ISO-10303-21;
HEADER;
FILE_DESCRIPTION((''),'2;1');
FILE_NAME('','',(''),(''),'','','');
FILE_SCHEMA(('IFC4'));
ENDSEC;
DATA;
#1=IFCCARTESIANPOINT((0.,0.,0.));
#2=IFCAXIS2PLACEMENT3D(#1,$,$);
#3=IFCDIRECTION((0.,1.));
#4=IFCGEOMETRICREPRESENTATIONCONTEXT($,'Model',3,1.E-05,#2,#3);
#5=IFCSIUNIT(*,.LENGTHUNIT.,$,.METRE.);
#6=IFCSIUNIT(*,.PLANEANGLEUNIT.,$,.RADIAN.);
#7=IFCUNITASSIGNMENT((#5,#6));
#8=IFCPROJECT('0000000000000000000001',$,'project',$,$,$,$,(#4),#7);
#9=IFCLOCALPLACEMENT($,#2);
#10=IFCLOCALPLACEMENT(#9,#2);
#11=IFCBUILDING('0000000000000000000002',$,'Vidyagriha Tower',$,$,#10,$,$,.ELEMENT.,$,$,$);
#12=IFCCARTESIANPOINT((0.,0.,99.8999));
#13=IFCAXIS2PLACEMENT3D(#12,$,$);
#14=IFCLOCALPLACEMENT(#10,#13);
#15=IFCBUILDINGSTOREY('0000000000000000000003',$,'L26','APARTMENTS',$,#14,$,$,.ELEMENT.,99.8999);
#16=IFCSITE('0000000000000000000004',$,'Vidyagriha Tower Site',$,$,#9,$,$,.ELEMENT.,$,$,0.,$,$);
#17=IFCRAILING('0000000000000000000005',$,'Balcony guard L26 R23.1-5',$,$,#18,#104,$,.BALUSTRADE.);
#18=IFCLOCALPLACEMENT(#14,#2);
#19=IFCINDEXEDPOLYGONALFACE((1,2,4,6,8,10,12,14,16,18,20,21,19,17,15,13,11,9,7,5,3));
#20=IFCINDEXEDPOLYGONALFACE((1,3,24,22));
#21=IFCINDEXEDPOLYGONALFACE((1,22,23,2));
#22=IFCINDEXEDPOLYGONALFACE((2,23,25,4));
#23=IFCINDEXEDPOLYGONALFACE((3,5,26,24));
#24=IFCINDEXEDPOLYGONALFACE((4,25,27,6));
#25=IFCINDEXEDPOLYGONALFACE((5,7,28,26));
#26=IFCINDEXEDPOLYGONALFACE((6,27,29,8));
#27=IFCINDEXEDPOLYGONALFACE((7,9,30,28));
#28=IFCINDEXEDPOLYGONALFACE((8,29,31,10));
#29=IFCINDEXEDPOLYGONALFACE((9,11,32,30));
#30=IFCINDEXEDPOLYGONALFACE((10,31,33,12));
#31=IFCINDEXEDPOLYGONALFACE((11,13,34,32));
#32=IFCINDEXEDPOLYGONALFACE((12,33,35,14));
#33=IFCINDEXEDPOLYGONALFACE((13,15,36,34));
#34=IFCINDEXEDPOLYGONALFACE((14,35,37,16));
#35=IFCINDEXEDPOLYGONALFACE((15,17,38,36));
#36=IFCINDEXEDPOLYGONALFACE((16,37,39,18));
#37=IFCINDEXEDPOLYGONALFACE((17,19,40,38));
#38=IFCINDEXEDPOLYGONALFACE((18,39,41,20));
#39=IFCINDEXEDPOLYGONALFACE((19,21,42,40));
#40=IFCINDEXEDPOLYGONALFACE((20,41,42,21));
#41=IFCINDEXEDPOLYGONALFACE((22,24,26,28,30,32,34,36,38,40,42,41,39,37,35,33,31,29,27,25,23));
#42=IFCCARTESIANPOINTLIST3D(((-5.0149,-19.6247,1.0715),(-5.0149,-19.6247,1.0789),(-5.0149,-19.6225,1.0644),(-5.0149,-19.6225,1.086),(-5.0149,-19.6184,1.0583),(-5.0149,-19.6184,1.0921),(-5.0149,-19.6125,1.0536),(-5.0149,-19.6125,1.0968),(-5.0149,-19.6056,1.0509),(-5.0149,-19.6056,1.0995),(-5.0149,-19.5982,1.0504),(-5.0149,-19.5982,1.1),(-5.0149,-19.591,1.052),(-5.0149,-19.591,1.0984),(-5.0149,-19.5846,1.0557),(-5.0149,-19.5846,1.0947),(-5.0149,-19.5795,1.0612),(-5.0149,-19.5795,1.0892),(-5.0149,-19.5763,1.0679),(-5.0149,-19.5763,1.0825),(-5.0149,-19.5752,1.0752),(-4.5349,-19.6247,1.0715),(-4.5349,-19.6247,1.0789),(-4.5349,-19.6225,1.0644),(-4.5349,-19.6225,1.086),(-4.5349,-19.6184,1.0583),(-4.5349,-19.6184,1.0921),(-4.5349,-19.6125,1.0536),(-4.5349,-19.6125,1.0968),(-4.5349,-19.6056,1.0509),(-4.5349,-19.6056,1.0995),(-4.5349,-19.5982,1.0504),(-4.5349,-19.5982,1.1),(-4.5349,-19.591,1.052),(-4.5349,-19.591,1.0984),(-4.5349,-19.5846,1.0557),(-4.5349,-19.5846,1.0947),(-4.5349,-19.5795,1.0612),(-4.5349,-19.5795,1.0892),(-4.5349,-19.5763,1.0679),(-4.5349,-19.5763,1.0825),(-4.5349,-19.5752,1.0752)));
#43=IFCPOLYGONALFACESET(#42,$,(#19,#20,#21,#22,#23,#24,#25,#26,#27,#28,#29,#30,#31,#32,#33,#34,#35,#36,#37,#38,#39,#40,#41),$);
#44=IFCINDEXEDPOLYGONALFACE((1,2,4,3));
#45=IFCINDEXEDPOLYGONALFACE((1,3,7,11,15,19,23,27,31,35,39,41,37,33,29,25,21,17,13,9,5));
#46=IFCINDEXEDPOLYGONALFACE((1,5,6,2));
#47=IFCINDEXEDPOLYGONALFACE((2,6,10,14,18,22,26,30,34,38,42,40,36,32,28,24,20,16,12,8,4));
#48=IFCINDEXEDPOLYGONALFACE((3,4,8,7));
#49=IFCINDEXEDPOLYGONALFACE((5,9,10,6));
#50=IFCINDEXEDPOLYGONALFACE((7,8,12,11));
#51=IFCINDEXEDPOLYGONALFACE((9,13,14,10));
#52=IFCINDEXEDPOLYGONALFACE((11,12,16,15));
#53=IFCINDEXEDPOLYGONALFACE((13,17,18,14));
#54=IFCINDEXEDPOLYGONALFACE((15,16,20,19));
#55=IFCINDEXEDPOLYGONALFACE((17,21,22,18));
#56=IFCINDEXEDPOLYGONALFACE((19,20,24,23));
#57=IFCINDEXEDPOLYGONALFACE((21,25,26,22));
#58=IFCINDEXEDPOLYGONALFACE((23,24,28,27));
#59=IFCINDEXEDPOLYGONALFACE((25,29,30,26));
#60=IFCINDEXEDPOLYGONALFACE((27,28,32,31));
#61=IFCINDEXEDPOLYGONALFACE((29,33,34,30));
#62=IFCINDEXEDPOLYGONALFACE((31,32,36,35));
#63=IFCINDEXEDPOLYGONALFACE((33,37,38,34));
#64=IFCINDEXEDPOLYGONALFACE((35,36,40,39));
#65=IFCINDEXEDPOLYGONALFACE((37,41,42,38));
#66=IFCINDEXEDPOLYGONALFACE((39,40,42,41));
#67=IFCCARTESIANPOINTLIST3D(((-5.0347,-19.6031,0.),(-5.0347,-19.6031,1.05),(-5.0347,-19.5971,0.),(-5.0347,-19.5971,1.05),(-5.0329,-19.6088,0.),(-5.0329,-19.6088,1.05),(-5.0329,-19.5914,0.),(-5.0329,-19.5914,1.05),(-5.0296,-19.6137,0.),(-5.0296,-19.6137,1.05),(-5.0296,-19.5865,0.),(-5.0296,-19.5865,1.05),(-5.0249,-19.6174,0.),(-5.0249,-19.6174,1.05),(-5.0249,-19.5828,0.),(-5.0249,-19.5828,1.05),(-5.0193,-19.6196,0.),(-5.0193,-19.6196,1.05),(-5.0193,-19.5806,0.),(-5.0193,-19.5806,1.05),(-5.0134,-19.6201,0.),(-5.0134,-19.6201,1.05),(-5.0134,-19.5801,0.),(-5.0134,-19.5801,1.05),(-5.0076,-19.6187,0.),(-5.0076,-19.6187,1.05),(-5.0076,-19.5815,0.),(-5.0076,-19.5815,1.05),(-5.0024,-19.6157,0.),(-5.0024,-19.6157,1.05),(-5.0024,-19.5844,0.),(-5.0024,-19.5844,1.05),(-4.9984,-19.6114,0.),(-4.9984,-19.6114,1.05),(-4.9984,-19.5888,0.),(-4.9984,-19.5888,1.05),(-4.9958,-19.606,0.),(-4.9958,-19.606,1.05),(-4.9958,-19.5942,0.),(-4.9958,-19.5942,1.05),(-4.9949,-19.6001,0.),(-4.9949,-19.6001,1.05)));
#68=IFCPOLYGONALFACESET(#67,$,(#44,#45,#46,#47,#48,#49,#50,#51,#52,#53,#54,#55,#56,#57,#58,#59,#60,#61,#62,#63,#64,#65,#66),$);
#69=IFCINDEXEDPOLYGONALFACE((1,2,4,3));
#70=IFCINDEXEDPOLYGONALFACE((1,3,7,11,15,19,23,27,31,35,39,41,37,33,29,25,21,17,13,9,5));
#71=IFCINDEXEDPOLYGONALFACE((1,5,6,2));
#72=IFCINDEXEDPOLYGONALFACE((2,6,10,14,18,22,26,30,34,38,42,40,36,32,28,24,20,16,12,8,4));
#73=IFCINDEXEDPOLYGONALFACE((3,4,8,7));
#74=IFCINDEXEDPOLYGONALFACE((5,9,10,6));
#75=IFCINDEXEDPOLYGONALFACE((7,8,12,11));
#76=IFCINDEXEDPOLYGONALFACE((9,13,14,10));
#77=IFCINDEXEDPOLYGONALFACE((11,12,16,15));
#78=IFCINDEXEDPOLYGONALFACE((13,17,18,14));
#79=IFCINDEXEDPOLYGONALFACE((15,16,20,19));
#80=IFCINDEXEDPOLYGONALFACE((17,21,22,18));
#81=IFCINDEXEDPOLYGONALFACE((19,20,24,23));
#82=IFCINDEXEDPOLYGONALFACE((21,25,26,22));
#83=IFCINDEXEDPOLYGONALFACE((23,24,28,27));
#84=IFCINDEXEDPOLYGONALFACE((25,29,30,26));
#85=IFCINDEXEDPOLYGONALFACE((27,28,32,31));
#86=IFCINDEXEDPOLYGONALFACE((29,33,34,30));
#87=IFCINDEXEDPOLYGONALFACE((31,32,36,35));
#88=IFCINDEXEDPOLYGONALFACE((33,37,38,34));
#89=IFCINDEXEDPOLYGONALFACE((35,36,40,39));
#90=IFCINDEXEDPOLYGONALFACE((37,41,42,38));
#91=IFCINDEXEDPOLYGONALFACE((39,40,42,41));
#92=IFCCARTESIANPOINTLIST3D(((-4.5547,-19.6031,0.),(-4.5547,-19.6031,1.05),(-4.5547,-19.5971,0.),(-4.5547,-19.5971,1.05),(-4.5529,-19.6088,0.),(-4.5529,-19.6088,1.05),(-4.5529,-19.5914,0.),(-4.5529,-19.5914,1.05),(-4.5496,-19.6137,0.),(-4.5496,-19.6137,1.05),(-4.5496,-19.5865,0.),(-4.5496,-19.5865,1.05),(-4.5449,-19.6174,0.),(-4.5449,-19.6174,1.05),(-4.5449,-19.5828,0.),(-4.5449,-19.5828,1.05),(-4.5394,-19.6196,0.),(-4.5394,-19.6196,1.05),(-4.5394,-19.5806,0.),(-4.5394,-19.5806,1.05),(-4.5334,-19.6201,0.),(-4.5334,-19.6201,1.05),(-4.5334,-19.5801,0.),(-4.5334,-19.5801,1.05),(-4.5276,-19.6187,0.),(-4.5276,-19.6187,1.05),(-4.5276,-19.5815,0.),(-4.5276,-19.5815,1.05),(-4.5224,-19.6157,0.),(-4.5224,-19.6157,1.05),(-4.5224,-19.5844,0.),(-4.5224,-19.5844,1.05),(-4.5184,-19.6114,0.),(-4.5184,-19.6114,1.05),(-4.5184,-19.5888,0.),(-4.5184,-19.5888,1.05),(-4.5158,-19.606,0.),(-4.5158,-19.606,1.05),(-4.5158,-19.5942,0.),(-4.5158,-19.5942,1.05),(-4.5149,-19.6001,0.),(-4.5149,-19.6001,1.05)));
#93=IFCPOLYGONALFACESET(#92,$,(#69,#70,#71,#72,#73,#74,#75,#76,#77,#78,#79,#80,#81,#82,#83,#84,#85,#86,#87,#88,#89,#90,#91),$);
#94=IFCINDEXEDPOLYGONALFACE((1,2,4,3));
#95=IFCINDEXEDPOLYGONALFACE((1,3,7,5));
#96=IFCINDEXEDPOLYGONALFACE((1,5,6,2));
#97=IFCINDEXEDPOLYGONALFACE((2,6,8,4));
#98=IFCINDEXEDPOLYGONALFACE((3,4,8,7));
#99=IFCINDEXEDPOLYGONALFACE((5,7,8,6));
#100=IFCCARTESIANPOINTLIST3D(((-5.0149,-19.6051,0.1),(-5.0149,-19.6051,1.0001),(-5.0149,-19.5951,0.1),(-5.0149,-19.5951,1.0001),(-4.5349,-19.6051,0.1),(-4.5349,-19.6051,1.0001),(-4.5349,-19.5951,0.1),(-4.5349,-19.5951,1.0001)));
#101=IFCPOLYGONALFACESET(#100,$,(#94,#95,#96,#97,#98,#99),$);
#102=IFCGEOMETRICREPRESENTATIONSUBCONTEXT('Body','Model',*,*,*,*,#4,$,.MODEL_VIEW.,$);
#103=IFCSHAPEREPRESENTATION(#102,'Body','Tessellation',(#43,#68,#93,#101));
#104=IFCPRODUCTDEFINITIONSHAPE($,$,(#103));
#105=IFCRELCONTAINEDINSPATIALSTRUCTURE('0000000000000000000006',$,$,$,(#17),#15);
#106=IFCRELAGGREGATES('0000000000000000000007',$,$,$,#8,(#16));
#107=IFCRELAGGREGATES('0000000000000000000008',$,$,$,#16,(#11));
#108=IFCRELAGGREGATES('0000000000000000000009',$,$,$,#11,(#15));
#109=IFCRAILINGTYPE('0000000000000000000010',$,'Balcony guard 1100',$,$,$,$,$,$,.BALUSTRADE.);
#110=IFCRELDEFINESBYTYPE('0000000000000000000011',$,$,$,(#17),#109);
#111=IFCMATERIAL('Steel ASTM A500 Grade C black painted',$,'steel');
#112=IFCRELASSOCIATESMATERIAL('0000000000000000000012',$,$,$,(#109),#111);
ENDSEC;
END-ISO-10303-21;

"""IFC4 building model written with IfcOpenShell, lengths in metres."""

from ifc_helpers import new_model, si_unit, direction, frame, origin, origin_2d, place, context, subcontext, project, spatial, rectangle, circle, extrude, material, type_object, element, save


model = new_model("IFC4")

# Units and contexts
model_context = context("Model", 3, precision=1e-05, world=origin(), true_north=direction((0.0, 1.0)))
body_context = subcontext(model_context, "Body", "Model", "MODEL_VIEW")
ifc_project = project(units=[si_unit("LENGTHUNIT", "METRE"), si_unit("PLANEANGLEUNIT", "RADIAN")], contexts=[model_context])

# Site, building, storey
site_placement = place(None, origin())
site = spatial("IfcSite", under=ifc_project, at=site_placement, Name="Vidyagriha Tower Site", CompositionType="ELEMENT", RefElevation=0.0)
building_placement = place(site_placement, origin())
building = spatial("IfcBuilding", under=site, at=building_placement, Name="Vidyagriha Tower", CompositionType="ELEMENT")
storey_placement = place(building_placement, frame((0.0, 0.0, 99.8999)))
storey = spatial("IfcBuildingStorey", under=building, at=storey_placement, Name="L26", Description="APARTMENTS", CompositionType="ELEMENT", Elevation=99.8999)

# Railing
ifc_material_1 = material(Name="Steel ASTM A500 Grade C black painted", Category="steel")
railing_type = type_object("IfcRailingType", Name="Balcony guard 1100", PredefinedType="BALUSTRADE", material=ifc_material_1)
railing_1_placement = place(storey_placement, frame((-5.0149, -19.6001, 0.0)))
element("IfcRailing", 1, at=railing_1_placement, inside=storey, type_object=railing_type, Name="Balcony guard L26 R23.1-5", PredefinedType="BALUSTRADE", context=body_context, shape_type="SweptSolid", body=[
    extrude(circle(Radius=0.0249, at=origin_2d()), frame((0.0, 0.0, 1.0752), z_axis=(1.0, 0.0, 0.0), x_axis=(0.0, 1.0, 0.0)), (0.0, 0.0, 1.0), 0.48),
    extrude(circle(Radius=0.02, at=origin_2d()), origin(), (0.0, 0.0, 1.0), 1.05),
    extrude(circle(Radius=0.02, at=origin_2d()), frame((0.48, 0.0, 0.0)), (0.0, 0.0, 1.0), 1.05),
    extrude(rectangle(XDim=0.01, YDim=0.9001, at=origin_2d()), frame((0.0, 0.0, 0.55), z_axis=(1.0, 0.0, 0.0), x_axis=(0.0, 1.0, 0.0)), (0.0, 0.0, 1.0), 0.48),
])

save(model, "model.ifc")
